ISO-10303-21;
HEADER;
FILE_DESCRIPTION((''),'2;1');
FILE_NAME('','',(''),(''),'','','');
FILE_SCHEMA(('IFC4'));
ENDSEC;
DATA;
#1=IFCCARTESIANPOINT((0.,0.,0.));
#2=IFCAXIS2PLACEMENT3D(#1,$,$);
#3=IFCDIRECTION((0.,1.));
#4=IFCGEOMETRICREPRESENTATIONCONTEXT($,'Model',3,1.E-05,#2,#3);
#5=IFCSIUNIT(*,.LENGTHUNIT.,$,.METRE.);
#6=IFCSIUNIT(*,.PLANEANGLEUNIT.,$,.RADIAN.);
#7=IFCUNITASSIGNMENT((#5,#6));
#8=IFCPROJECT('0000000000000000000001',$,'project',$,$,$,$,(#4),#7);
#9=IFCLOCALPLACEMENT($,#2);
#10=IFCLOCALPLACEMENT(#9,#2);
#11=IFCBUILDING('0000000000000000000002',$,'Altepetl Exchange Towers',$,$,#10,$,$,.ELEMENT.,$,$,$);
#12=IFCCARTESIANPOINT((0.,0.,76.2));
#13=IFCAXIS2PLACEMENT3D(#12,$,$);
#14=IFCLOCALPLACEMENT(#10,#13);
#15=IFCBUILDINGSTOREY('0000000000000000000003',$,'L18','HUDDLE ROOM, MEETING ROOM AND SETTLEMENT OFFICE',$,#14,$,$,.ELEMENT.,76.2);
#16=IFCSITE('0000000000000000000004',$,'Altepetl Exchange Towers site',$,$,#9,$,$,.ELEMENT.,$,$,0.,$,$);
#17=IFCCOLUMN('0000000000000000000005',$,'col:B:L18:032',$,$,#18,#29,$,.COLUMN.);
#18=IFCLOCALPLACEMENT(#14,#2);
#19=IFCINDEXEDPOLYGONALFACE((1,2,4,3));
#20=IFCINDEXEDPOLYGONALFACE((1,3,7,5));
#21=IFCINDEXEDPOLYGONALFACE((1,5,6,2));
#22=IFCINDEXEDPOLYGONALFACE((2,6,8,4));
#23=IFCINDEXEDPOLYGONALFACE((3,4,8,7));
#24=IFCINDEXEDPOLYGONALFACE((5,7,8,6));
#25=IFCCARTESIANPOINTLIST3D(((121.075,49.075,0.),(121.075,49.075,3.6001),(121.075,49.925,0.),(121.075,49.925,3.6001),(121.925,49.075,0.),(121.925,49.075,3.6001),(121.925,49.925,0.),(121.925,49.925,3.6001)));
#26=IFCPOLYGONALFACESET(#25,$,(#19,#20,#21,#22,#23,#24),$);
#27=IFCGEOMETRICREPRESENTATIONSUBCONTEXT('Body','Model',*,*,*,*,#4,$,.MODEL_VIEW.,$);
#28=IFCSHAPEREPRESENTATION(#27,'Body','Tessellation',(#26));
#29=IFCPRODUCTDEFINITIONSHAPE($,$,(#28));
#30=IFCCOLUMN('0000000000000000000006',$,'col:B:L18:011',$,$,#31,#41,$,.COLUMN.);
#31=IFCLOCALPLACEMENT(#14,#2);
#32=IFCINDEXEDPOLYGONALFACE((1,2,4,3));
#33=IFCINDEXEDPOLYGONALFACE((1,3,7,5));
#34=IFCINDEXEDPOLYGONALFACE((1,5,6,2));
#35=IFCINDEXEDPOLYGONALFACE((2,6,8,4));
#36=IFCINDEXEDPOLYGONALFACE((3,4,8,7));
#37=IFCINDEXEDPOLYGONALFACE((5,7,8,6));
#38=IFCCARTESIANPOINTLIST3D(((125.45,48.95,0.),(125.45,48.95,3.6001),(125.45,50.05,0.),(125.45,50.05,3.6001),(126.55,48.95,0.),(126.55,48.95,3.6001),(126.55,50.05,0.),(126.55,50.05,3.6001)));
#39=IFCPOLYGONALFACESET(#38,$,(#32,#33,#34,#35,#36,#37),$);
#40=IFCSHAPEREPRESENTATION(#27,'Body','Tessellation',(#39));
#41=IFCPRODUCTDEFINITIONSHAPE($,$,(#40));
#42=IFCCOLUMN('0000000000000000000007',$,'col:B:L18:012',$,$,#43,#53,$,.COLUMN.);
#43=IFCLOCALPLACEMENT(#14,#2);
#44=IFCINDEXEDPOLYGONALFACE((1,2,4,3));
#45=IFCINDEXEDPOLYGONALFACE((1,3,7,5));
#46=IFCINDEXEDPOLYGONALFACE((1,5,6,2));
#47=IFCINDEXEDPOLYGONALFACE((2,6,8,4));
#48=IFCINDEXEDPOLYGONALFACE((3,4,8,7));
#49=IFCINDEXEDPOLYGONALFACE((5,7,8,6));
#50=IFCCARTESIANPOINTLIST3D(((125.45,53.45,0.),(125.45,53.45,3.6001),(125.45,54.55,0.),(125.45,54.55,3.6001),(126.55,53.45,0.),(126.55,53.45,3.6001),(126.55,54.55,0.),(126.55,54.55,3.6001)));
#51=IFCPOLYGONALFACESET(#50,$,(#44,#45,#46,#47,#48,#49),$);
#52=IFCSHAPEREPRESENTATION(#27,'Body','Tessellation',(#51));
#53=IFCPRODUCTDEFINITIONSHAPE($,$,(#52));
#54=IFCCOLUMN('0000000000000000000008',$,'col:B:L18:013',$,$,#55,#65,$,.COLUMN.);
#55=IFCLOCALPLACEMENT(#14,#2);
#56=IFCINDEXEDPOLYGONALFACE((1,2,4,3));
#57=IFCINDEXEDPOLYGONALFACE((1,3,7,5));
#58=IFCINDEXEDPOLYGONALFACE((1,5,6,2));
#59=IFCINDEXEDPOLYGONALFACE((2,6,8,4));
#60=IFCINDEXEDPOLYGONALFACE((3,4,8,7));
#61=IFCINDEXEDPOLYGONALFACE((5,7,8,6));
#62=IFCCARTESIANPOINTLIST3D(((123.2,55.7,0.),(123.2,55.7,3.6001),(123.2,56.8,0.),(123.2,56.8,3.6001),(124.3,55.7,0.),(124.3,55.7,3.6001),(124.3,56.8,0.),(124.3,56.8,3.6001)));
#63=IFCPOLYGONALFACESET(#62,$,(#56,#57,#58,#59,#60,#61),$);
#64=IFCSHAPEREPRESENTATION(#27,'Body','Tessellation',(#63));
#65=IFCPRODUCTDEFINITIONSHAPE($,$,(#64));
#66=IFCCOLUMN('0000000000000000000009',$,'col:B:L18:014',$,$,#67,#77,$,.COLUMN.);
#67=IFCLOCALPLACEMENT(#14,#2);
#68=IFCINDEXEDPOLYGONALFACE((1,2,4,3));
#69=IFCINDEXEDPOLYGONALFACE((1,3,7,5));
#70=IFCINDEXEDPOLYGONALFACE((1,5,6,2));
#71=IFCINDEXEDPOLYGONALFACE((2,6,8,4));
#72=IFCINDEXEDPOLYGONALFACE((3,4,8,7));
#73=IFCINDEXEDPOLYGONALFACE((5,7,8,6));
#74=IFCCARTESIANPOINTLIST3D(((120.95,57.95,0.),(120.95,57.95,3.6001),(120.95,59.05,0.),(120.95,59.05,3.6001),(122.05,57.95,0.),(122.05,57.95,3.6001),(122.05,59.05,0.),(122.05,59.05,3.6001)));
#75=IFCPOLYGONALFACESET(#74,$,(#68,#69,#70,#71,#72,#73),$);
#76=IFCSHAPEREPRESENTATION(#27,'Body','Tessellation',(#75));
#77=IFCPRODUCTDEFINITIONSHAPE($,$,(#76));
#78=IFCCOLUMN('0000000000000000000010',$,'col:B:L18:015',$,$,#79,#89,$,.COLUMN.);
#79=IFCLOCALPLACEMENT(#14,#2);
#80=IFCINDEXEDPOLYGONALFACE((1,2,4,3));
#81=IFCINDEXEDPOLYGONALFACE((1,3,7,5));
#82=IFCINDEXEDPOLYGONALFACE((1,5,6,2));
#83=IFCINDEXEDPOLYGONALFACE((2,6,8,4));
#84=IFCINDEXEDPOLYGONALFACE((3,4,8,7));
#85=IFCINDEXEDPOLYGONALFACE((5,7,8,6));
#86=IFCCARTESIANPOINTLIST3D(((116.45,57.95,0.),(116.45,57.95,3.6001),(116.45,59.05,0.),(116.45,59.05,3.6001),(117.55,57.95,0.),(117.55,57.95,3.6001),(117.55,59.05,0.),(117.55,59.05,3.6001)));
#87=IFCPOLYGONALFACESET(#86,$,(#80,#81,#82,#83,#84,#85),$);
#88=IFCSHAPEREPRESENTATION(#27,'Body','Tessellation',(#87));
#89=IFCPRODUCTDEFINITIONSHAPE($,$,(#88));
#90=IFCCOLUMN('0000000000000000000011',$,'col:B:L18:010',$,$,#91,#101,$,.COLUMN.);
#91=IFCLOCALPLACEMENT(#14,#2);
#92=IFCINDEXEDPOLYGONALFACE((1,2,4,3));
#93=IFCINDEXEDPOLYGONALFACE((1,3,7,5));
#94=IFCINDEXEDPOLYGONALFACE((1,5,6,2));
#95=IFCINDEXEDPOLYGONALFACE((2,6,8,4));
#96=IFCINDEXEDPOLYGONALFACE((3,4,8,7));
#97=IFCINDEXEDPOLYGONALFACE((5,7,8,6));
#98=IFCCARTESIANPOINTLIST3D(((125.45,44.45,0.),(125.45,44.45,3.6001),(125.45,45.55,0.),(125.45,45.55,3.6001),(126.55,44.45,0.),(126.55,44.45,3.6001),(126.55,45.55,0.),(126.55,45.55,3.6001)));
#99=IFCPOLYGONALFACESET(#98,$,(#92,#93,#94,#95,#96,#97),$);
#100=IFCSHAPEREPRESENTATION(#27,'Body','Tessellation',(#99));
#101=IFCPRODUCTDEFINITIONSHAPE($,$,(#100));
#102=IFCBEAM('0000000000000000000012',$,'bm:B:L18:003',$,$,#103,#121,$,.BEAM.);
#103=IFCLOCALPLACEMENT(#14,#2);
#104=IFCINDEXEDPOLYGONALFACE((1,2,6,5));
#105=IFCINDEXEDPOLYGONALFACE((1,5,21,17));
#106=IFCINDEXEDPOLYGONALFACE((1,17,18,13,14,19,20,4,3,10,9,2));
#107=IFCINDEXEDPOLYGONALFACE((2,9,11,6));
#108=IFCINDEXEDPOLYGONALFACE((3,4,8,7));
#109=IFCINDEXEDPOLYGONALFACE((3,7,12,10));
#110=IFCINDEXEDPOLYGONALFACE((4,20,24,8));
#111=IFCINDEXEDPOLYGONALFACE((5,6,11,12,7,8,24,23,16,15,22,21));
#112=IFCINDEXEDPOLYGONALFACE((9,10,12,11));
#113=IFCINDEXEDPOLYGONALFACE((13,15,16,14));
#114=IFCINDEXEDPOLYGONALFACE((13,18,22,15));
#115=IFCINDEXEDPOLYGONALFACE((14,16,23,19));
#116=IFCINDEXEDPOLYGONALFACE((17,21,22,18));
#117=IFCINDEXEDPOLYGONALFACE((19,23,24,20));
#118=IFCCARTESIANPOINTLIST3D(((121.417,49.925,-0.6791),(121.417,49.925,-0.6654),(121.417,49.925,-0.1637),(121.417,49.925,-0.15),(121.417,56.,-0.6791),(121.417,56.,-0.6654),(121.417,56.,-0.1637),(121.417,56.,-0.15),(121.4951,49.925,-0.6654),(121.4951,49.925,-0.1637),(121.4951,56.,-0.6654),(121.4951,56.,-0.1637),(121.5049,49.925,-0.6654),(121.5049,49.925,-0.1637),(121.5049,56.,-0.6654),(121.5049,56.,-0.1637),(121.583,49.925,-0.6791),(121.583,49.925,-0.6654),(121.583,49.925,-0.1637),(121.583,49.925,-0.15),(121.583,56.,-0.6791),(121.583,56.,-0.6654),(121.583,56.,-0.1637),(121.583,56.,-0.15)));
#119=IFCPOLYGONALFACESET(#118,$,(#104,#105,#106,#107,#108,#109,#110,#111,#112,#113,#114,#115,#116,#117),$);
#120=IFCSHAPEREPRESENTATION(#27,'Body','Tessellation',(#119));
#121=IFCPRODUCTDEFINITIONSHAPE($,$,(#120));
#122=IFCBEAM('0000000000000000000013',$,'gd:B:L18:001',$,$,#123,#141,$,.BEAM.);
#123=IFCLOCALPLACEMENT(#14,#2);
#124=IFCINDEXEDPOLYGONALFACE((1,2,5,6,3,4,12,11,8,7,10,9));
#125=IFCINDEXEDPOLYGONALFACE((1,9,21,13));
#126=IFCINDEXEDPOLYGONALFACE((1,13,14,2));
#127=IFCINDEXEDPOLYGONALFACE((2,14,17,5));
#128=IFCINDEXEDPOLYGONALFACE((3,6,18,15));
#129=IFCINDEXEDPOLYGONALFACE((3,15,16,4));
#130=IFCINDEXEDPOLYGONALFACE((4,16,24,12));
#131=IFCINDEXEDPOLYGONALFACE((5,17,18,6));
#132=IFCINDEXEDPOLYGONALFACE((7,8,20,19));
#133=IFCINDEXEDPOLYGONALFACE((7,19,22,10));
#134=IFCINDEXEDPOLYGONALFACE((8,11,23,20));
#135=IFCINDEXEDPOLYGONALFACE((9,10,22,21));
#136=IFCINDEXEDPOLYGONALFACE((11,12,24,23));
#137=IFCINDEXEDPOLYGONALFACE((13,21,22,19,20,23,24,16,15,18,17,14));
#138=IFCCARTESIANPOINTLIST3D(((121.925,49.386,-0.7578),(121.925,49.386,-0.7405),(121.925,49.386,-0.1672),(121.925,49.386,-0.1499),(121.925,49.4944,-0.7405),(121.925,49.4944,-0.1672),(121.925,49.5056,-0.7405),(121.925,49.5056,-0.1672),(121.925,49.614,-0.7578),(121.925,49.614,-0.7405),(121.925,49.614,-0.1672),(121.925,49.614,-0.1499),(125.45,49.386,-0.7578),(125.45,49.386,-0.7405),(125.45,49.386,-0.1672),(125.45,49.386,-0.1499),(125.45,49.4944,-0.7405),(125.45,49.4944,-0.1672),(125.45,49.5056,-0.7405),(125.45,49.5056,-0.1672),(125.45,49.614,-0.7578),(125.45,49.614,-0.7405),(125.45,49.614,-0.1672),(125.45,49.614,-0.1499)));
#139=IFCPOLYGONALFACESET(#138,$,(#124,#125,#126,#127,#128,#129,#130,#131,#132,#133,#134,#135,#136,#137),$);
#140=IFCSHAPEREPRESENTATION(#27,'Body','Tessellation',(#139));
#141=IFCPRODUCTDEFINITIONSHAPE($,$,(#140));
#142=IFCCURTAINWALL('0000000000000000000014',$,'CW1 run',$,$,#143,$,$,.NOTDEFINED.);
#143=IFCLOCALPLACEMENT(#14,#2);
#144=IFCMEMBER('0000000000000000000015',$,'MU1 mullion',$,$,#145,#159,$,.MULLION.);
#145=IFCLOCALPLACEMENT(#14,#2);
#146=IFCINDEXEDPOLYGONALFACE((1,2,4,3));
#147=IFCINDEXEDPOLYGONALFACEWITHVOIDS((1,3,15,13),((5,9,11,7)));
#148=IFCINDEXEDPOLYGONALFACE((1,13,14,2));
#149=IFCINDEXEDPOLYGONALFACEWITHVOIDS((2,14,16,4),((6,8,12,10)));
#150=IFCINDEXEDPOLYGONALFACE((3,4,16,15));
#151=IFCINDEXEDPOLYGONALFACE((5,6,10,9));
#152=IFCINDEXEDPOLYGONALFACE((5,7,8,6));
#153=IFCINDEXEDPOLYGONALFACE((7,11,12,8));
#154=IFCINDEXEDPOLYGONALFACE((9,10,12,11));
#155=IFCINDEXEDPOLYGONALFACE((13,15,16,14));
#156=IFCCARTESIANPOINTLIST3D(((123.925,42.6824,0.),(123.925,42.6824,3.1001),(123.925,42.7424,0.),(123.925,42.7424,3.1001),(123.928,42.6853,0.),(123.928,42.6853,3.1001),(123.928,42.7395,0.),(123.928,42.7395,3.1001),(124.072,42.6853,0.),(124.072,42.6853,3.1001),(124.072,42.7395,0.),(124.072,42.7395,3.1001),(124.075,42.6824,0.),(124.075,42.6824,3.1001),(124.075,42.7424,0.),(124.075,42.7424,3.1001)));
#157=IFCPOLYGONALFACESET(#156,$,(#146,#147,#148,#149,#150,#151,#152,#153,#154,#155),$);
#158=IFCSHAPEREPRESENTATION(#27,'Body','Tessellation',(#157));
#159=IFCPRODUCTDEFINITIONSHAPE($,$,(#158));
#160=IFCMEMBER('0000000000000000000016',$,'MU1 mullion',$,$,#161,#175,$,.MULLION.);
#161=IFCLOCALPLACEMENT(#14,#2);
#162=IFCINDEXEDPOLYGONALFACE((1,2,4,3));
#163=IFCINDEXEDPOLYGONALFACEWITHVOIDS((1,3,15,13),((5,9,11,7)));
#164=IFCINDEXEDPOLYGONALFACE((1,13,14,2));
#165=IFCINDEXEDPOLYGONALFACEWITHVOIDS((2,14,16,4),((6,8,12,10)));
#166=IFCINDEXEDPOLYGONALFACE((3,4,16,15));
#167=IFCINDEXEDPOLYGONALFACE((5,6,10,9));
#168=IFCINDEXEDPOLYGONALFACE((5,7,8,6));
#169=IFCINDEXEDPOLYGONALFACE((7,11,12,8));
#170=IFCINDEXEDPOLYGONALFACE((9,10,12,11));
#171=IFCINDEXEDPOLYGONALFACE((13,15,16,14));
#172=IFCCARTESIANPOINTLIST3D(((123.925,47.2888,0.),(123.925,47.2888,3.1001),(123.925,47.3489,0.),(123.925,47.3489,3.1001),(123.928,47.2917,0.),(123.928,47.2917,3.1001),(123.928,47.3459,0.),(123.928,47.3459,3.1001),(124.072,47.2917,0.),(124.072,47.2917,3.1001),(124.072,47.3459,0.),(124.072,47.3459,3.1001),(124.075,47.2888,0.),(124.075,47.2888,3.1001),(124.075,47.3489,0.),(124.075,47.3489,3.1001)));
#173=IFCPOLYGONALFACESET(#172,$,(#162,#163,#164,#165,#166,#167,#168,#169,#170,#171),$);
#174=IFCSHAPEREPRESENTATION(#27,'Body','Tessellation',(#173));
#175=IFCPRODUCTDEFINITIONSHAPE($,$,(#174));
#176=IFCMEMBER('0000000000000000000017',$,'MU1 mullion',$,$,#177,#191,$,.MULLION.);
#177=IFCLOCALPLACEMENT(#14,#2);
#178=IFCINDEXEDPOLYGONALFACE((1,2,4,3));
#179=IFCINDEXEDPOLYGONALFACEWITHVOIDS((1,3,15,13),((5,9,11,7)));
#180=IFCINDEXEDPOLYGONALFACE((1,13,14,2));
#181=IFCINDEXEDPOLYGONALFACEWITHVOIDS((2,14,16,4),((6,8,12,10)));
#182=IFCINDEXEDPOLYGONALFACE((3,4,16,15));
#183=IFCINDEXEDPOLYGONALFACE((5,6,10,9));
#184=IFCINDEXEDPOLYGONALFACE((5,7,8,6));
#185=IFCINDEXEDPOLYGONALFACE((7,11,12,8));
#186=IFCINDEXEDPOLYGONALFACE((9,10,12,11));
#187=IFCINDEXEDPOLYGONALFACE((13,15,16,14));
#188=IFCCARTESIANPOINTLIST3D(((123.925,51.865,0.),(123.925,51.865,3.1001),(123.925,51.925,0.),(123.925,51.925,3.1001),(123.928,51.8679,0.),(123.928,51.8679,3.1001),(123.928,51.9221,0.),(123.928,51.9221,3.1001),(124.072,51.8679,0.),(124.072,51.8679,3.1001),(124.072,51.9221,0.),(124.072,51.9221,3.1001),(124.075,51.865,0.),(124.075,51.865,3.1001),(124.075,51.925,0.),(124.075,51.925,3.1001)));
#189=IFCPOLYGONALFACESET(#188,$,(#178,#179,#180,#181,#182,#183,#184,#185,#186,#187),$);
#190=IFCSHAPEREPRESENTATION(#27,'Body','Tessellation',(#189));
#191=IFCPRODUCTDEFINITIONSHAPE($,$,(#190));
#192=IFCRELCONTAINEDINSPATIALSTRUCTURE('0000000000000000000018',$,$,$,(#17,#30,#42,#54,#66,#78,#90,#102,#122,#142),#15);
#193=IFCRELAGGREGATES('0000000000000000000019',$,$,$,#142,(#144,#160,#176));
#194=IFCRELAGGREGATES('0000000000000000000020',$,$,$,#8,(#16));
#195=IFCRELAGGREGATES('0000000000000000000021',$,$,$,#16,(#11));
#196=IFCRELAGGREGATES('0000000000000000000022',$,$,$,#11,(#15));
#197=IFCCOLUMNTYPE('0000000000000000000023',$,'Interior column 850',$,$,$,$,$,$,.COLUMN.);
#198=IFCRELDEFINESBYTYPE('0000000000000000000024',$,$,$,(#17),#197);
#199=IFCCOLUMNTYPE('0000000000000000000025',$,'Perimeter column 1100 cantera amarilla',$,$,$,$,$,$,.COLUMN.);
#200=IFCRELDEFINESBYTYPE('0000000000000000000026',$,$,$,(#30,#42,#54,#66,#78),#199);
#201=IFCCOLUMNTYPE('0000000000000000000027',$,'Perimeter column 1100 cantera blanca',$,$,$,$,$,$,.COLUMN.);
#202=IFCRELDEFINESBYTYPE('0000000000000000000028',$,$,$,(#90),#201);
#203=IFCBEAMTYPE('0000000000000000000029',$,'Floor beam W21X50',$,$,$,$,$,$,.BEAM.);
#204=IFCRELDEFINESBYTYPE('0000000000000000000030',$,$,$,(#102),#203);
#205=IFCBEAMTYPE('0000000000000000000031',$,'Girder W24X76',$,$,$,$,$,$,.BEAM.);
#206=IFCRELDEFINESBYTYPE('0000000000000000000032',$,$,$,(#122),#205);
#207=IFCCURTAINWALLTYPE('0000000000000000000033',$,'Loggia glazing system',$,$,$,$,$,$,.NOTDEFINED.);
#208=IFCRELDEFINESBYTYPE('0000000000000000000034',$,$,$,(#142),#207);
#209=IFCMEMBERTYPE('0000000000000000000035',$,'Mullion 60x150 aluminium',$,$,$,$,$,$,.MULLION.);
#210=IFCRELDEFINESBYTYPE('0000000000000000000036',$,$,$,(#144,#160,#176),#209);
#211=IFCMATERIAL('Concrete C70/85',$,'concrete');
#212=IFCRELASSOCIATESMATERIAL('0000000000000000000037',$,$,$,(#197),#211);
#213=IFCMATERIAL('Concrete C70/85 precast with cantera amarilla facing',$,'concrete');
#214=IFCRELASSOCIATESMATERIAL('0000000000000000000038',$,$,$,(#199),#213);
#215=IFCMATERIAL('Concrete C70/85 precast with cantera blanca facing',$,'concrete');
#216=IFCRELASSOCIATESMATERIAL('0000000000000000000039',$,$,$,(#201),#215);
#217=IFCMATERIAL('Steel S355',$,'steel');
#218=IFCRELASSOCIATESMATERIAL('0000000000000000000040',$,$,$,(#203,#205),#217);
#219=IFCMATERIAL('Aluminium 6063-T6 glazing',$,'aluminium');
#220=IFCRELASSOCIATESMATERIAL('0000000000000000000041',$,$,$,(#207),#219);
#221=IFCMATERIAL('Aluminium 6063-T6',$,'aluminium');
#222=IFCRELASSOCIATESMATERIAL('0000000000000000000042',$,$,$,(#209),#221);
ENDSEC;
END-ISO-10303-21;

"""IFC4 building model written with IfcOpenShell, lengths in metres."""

from ifc_helpers import new_model, si_unit, direction, frame, origin, origin_2d, place, context, subcontext, project, spatial, rectangle, hollow_rectangle, i_section, extrude, material, material_profile, profile_set, type_object, element, aggregate, save


model = new_model("IFC4")

# Units and contexts
model_context = context("Model", 3, precision=1e-05, world=origin(), true_north=direction((0.0, 1.0)))
body_context = subcontext(model_context, "Body", "Model", "MODEL_VIEW")
ifc_project = project(units=[si_unit("LENGTHUNIT", "METRE"), si_unit("PLANEANGLEUNIT", "RADIAN")], contexts=[model_context])

# Site, building, storey
site_placement = place(None, origin())
site = spatial("IfcSite", under=ifc_project, at=site_placement, Name="Altepetl Exchange Towers site", CompositionType="ELEMENT", RefElevation=0.0)
building_placement = place(site_placement, origin())
building = spatial("IfcBuilding", under=site, at=building_placement, Name="Altepetl Exchange Towers", CompositionType="ELEMENT")
storey_placement = place(building_placement, frame((0.0, 0.0, 76.2)))
storey = spatial("IfcBuildingStorey", under=building, at=storey_placement, Name="L18", Description="HUDDLE ROOM, MEETING ROOM AND SETTLEMENT OFFICE", CompositionType="ELEMENT", Elevation=76.2)

# Columns
ifc_material_1 = material(Name="Concrete C70/85", Category="concrete")
ifc_material_profile_1 = material_profile(ifc_material_1, rectangle(XDim=0.8501, YDim=0.8501, at=origin_2d()), Name="850 x 850")
ifc_profile_set_1 = profile_set([ifc_material_profile_1], Name="Concrete C70/85")
column_type_1 = type_object("IfcColumnType", Name="Interior column 850", PredefinedType="COLUMN", material=ifc_profile_set_1)
column_1_placement = place(storey_placement, frame((121.5, 49.5, 0.0)))
element("IfcColumn", 1, at=column_1_placement, inside=storey, type_object=column_type_1, Name="col:B:L18:032", PredefinedType="COLUMN", context=body_context, shape_type="SweptSolid", body=[
    extrude(rectangle(XDim=0.8501, YDim=0.8501, at=origin_2d()), origin(), (0.0, 0.0, 1.0), 3.6001),
])
ifc_material_2 = material(Name="Concrete C70/85 precast with cantera amarilla facing", Category="concrete")
ifc_material_profile_2 = material_profile(ifc_material_2, rectangle(XDim=1.1001, YDim=1.1001, at=origin_2d()), Name="1100 x 1100")
ifc_profile_set_2 = profile_set([ifc_material_profile_2], Name="Concrete C70/85 precast with cantera amarilla facing")
column_type_2 = type_object("IfcColumnType", Name="Perimeter column 1100 cantera amarilla", PredefinedType="COLUMN", material=ifc_profile_set_2)
for number, where, name in (
    (2, (126.0, 49.5, 0.0), "col:B:L18:011"),
    (3, (126.0, 54.0, 0.0), "col:B:L18:012"),
    (4, (123.75, 56.25, 0.0), "col:B:L18:013"),
    (5, (121.5, 58.5, 0.0), "col:B:L18:014"),
    (6, (117.0, 58.5, 0.0), "col:B:L18:015"),
):
    element("IfcColumn", number, at=place(storey_placement, frame(where)), inside=storey, type_object=column_type_2, Name=name, PredefinedType="COLUMN", context=body_context, shape_type="SweptSolid", body=[
        extrude(rectangle(XDim=1.1001, YDim=1.1001, at=origin_2d()), origin(), (0.0, 0.0, 1.0), 3.6001),
    ])
ifc_material_3 = material(Name="Concrete C70/85 precast with cantera blanca facing", Category="concrete")
ifc_material_profile_3 = material_profile(ifc_material_3, rectangle(XDim=1.1001, YDim=1.1001, at=origin_2d()), Name="1100 x 1100")
ifc_profile_set_3 = profile_set([ifc_material_profile_3], Name="Concrete C70/85 precast with cantera blanca facing")
column_type_3 = type_object("IfcColumnType", Name="Perimeter column 1100 cantera blanca", PredefinedType="COLUMN", material=ifc_profile_set_3)
column_2_placement = place(storey_placement, frame((126.0, 45.0, 0.0)))
element("IfcColumn", 7, at=column_2_placement, inside=storey, type_object=column_type_3, Name="col:B:L18:010", PredefinedType="COLUMN", context=body_context, shape_type="SweptSolid", body=[
    extrude(rectangle(XDim=1.1001, YDim=1.1001, at=origin_2d()), origin(), (0.0, 0.0, 1.0), 3.6001),
])

# Beams
ifc_material_4 = material(Name="Steel S355", Category="steel")
ifc_material_profile_4 = material_profile(ifc_material_4, i_section(OverallWidth=0.166, OverallDepth=0.5291, WebThickness=0.0098, FlangeThickness=0.0137, at=origin_2d()), Name="W21X50")
ifc_profile_set_4 = profile_set([ifc_material_profile_4], Name="Steel S355")
beam_type_1 = type_object("IfcBeamType", Name="Floor beam W21X50", PredefinedType="BEAM", material=ifc_profile_set_4)
beam_1_placement = place(storey_placement, frame((121.5, 49.925, -0.4146), z_axis=(0.0, 1.0, 0.0), x_axis=(-1.0, 0.0, 0.0)))
element("IfcBeam", 8, at=beam_1_placement, inside=storey, type_object=beam_type_1, Name="bm:B:L18:003", PredefinedType="BEAM", context=body_context, shape_type="SweptSolid", body=[
    extrude(i_section(OverallWidth=0.166, OverallDepth=0.5291, WebThickness=0.0098, FlangeThickness=0.0137, at=origin_2d()), origin(), (0.0, 0.0, 1.0), 6.075),
])
ifc_material_profile_5 = material_profile(ifc_material_4, i_section(OverallWidth=0.228, OverallDepth=0.6079, WebThickness=0.0112, FlangeThickness=0.0173, at=origin_2d()), Name="W24X76")
ifc_profile_set_5 = profile_set([ifc_material_profile_5], Name="Steel S355")
beam_type_2 = type_object("IfcBeamType", Name="Girder W24X76", PredefinedType="BEAM", material=ifc_profile_set_5)
beam_2_placement = place(storey_placement, frame((121.925, 49.5, -0.4539), z_axis=(1.0, 0.0, 0.0), x_axis=(0.0, 1.0, 0.0)))
element("IfcBeam", 9, at=beam_2_placement, inside=storey, type_object=beam_type_2, Name="gd:B:L18:001", PredefinedType="BEAM", context=body_context, shape_type="SweptSolid", body=[
    extrude(i_section(OverallWidth=0.228, OverallDepth=0.6079, WebThickness=0.0112, FlangeThickness=0.0173, at=origin_2d()), origin(), (0.0, 0.0, 1.0), 3.5249),
])

# Curtain wall, members
ifc_material_5 = material(Name="Aluminium 6063-T6 glazing", Category="aluminium")
curtain_wall_type = type_object("IfcCurtainWallType", Name="Loggia glazing system", PredefinedType="NOTDEFINED", material=ifc_material_5)
curtain_wall_1_placement = place(storey_placement, origin())
curtain_wall_1 = element("IfcCurtainWall", 10, at=curtain_wall_1_placement, inside=storey, type_object=curtain_wall_type, Name="CW1 run", PredefinedType="NOTDEFINED")
ifc_material_6 = material(Name="Aluminium 6063-T6", Category="aluminium")
ifc_material_profile_6 = material_profile(ifc_material_6, hollow_rectangle(XDim=0.0601, YDim=0.1499, WallThickness=0.0029, at=origin_2d()), Name="Mullion 60x150 aluminium")
ifc_profile_set_6 = profile_set([ifc_material_profile_6], Name="Aluminium 6063-T6")
member_type = type_object("IfcMemberType", Name="Mullion 60x150 aluminium", PredefinedType="MULLION", material=ifc_profile_set_6)
member_1_placement = place(storey_placement, frame((124.0, 42.7124, 0.0), z_axis=(0.0, 0.0, 1.0), x_axis=(0.0, 1.0, 0.0)))
member_1 = element("IfcMember", 11, at=member_1_placement, type_object=member_type, Name="MU1 mullion", PredefinedType="MULLION", context=body_context, shape_type="SweptSolid", body=[
    extrude(hollow_rectangle(XDim=0.0601, YDim=0.1499, WallThickness=0.0029, at=origin_2d()), origin(), (0.0, 0.0, 1.0), 3.1001),
])
member_2_placement = place(storey_placement, frame((124.0, 47.3188, 0.0), z_axis=(0.0, 0.0, 1.0), x_axis=(0.0, 1.0, 0.0)))
member_2 = element("IfcMember", 12, at=member_2_placement, type_object=member_type, Name="MU1 mullion", PredefinedType="MULLION", context=body_context, shape_type="SweptSolid", body=[
    extrude(hollow_rectangle(XDim=0.0601, YDim=0.1499, WallThickness=0.0029, at=origin_2d()), origin(), (0.0, 0.0, 1.0), 3.1001),
])
member_3_placement = place(storey_placement, frame((124.0, 51.895, 0.0), z_axis=(0.0, 0.0, 1.0), x_axis=(0.0, 1.0, 0.0)))
member_3 = element("IfcMember", 13, at=member_3_placement, type_object=member_type, Name="MU1 mullion", PredefinedType="MULLION", context=body_context, shape_type="SweptSolid", body=[
    extrude(hollow_rectangle(XDim=0.0601, YDim=0.1499, WallThickness=0.0029, at=origin_2d()), origin(), (0.0, 0.0, 1.0), 3.1001),
])

aggregate(curtain_wall_1, [member_1, member_2, member_3])

save(model, "model.ifc")
